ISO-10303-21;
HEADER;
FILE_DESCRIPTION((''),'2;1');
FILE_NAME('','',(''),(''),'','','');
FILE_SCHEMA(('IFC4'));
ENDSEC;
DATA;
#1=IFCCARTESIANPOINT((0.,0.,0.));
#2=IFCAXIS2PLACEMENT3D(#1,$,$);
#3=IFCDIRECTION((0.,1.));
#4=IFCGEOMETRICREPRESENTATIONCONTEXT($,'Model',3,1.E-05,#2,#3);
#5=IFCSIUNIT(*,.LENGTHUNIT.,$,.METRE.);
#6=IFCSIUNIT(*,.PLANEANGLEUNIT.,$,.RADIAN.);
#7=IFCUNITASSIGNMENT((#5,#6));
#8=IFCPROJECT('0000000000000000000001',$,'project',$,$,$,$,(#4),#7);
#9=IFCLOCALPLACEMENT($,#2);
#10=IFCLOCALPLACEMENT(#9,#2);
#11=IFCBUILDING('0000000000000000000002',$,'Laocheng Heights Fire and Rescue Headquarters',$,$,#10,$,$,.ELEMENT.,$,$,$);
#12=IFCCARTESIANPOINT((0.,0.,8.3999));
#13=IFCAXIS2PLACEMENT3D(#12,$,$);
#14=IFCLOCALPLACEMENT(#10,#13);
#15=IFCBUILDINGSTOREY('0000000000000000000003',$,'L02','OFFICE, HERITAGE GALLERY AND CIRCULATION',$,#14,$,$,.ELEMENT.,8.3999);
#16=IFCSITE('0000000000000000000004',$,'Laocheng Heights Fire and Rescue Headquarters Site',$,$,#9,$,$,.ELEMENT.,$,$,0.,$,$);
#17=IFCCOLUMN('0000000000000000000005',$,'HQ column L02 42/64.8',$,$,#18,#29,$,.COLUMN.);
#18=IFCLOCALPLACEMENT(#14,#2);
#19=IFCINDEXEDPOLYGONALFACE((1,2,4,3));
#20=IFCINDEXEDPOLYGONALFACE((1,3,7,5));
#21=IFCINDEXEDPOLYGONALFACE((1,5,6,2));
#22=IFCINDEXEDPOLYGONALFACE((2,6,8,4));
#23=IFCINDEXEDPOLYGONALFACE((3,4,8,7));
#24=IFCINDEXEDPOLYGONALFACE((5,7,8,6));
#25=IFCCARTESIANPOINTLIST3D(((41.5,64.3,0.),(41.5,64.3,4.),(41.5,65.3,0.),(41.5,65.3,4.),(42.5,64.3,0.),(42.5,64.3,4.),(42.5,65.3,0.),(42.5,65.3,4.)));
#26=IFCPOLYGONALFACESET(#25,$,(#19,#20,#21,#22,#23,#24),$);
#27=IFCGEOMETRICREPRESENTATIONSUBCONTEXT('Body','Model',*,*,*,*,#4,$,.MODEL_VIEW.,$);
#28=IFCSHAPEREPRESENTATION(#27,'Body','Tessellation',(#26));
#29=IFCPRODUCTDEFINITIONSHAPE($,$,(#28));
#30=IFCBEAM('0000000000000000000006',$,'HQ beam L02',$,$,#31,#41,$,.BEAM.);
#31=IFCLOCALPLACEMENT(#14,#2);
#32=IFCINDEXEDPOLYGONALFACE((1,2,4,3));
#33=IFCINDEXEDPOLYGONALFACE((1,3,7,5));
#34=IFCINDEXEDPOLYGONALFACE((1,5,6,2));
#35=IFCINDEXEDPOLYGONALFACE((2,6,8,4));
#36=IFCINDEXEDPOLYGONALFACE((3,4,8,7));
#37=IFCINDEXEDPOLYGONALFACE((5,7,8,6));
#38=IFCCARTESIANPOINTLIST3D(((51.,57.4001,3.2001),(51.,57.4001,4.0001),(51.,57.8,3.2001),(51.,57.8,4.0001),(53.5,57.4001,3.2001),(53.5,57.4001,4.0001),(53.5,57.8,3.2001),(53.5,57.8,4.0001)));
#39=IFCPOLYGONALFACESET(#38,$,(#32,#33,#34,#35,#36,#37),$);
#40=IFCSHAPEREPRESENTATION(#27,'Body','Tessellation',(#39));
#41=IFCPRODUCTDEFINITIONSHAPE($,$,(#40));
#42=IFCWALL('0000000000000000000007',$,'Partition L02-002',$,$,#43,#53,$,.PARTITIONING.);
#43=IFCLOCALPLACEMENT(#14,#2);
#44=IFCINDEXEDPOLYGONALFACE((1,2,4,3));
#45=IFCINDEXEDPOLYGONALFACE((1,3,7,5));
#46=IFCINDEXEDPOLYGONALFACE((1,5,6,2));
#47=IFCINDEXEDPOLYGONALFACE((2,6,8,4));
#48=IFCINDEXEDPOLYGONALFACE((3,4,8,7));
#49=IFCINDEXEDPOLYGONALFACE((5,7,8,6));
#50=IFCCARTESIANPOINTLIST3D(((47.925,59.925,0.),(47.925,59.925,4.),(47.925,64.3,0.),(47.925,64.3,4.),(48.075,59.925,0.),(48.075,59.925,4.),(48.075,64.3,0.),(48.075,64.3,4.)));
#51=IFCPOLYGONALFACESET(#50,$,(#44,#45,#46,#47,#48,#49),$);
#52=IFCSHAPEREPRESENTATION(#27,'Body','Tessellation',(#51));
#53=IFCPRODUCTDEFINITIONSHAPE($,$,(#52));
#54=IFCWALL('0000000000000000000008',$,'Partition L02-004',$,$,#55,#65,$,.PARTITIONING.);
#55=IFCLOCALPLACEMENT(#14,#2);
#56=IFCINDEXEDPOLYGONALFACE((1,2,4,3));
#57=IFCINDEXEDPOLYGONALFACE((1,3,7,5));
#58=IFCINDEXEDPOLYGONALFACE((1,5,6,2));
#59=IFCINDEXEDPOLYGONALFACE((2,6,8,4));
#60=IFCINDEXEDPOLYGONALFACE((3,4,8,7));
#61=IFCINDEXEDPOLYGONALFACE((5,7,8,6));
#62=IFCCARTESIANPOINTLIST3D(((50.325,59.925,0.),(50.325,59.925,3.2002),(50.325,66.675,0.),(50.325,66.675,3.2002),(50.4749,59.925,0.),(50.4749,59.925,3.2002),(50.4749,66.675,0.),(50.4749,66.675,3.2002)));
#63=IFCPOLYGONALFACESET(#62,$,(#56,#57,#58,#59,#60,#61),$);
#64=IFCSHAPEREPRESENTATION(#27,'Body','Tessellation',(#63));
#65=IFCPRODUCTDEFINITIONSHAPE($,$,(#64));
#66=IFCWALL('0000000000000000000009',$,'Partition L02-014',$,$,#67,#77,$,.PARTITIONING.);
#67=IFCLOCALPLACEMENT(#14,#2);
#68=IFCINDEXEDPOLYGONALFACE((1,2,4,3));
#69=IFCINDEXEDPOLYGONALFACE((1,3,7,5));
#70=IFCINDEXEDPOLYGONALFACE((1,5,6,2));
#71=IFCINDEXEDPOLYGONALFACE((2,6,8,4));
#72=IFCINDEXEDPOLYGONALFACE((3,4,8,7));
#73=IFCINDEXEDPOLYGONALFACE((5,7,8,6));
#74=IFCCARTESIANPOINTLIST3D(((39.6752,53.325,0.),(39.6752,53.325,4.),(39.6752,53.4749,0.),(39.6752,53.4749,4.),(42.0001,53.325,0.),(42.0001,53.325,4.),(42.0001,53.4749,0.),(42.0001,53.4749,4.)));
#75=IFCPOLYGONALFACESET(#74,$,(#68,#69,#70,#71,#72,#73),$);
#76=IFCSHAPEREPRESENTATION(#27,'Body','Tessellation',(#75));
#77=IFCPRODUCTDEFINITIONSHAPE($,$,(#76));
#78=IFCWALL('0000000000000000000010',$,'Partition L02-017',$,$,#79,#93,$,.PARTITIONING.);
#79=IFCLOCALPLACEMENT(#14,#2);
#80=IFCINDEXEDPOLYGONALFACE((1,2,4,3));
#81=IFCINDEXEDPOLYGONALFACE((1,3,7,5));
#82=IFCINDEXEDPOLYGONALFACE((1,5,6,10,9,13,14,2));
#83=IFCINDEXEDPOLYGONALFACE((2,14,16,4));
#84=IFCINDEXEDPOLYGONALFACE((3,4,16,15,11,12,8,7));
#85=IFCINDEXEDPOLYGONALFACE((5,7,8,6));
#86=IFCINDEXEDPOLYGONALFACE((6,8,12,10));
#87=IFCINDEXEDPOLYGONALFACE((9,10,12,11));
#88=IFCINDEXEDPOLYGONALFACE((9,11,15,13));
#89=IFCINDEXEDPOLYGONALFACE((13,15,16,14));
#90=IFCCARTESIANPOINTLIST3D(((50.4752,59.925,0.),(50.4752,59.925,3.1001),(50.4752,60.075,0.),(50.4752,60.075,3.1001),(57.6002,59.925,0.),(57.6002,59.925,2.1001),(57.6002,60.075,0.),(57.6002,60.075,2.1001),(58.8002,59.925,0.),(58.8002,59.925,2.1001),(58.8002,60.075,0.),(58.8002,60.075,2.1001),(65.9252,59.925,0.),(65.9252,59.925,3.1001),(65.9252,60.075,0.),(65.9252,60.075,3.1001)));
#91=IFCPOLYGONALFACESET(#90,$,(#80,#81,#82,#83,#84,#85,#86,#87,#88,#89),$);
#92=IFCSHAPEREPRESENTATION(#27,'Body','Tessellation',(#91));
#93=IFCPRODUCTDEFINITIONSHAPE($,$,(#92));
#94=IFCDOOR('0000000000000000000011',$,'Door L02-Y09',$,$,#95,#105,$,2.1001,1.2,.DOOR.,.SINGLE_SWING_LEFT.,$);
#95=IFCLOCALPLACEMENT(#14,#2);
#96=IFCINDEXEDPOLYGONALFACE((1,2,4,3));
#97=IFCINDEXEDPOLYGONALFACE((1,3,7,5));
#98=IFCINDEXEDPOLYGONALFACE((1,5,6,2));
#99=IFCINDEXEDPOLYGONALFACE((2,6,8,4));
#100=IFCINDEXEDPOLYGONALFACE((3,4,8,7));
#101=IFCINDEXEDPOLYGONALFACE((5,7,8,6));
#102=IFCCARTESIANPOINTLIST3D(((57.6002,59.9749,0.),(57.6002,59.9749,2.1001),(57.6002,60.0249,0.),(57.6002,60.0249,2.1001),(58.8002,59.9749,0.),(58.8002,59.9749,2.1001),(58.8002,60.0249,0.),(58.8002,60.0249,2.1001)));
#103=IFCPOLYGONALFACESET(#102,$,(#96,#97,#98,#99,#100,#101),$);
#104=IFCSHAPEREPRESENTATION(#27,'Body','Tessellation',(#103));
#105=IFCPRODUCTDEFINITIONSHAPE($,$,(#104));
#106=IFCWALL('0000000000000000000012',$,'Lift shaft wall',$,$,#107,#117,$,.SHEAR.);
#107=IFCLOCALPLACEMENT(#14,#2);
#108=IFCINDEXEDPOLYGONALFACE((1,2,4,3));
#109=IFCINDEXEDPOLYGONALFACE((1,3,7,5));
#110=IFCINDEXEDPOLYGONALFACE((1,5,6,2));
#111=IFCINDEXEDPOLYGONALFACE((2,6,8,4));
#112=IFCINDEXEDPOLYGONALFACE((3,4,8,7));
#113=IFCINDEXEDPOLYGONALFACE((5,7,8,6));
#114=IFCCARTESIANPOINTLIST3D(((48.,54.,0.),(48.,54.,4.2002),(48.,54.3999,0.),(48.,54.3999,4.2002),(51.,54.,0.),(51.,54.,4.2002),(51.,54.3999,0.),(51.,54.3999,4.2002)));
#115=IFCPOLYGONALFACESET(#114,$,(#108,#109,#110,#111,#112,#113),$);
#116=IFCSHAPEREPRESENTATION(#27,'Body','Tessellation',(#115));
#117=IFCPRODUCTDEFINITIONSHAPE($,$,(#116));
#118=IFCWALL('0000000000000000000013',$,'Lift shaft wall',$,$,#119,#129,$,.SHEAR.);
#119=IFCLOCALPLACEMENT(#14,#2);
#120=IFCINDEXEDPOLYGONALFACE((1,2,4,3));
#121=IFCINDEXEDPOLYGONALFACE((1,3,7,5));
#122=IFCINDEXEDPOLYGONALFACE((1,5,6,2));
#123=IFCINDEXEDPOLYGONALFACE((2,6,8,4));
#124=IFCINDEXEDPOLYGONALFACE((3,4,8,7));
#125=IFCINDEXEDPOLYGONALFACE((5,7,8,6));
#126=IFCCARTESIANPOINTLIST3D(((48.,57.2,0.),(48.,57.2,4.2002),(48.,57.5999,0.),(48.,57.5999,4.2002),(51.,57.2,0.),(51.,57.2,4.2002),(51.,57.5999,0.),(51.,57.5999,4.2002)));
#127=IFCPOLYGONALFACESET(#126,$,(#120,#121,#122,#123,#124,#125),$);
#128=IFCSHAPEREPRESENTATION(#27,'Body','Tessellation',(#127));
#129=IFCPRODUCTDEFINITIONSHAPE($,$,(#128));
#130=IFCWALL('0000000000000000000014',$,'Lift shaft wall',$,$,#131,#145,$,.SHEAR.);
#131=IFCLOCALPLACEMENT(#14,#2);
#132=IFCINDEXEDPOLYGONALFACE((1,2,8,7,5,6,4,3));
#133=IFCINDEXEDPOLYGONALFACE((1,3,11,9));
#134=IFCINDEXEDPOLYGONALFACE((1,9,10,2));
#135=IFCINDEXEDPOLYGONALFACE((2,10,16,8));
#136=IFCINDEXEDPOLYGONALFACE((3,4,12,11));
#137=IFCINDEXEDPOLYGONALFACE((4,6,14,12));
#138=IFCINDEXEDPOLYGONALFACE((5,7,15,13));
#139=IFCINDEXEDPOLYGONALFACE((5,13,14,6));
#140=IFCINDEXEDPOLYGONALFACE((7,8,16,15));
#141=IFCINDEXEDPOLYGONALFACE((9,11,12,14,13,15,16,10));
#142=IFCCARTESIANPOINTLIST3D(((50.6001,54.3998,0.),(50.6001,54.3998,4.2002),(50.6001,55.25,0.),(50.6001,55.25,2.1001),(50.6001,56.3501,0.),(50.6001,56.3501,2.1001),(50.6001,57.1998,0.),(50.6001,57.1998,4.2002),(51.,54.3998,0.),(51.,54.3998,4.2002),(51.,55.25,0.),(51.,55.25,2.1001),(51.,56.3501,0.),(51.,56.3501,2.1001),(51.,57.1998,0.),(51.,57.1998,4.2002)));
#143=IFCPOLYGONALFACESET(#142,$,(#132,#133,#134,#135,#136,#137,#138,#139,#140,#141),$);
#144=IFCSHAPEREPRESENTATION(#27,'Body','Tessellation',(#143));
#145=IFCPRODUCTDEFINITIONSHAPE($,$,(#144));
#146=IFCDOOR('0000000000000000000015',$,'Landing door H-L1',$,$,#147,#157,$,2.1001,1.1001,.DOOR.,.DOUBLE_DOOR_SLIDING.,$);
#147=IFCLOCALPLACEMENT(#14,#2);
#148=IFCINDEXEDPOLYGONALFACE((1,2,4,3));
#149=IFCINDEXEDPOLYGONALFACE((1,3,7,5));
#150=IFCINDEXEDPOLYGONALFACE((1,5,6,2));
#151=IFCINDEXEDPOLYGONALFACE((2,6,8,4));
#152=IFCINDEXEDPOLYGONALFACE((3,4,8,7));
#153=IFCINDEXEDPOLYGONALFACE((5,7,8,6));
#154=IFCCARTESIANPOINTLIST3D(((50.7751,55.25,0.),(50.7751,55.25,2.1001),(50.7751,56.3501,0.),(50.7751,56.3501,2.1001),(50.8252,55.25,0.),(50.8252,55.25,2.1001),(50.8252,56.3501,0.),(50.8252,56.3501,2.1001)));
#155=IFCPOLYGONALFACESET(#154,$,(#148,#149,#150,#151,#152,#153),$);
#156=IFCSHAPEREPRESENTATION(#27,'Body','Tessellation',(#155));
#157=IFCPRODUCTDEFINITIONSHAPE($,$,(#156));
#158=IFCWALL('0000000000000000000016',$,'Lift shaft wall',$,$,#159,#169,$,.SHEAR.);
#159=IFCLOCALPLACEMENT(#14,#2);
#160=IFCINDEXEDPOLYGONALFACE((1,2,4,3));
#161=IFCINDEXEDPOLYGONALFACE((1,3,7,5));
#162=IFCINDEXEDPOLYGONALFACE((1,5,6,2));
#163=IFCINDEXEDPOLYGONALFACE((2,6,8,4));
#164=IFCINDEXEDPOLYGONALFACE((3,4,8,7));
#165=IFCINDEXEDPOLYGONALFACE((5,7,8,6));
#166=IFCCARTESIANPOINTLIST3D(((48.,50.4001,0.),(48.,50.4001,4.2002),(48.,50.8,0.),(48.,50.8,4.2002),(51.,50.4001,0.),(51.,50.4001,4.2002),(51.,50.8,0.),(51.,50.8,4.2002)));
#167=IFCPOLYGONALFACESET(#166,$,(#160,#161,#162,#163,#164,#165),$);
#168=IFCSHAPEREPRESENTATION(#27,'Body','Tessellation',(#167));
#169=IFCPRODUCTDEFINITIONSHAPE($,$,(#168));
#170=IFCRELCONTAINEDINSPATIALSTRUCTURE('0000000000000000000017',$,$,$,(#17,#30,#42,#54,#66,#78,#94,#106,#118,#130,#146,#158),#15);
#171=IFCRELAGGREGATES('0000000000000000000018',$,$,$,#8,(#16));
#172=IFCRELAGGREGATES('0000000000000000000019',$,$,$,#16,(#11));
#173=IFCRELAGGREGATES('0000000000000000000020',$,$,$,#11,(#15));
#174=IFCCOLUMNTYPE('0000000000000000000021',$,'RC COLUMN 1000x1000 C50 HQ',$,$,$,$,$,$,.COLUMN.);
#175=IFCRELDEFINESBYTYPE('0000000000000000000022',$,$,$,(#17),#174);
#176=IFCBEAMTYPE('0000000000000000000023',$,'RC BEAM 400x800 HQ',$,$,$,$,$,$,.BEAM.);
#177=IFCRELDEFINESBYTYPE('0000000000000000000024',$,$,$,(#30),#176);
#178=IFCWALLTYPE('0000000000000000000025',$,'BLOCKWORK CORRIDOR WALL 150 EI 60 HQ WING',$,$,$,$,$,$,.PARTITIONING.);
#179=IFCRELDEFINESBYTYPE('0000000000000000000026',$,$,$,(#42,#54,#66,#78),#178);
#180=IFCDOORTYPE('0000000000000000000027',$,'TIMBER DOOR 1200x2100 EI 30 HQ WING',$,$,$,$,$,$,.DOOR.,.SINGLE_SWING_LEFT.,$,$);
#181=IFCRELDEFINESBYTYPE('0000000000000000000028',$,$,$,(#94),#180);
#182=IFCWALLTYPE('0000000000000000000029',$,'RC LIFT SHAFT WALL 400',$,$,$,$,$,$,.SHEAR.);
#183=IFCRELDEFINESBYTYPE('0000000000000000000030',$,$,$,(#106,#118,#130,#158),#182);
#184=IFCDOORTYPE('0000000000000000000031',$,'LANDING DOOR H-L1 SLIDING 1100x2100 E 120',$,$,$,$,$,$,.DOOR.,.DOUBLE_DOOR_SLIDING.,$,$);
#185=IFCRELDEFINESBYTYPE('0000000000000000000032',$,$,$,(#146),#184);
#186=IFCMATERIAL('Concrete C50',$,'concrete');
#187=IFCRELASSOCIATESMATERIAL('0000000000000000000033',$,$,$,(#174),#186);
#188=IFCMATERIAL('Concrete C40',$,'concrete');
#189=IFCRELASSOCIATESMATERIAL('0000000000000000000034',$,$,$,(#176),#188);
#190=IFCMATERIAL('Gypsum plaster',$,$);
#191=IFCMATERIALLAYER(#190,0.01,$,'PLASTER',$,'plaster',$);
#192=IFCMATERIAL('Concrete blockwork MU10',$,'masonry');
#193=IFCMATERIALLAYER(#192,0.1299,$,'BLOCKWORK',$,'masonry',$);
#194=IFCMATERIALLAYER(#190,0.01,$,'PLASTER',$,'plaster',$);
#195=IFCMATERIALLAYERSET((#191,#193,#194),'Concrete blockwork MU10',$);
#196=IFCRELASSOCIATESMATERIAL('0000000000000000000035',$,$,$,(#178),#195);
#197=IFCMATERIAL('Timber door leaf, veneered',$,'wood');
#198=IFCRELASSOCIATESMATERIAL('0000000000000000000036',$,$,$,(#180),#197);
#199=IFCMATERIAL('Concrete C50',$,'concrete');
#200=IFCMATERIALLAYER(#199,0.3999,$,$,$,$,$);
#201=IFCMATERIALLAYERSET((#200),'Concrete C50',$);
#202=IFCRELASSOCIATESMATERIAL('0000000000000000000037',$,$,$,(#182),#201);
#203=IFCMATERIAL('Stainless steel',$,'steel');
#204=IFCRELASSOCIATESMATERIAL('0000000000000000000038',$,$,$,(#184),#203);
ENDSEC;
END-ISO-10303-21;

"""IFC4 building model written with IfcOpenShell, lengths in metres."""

from ifc_helpers import new_model, si_unit, direction, frame, frame_2d, origin, origin_2d, place, context, subcontext, project, spatial, rectangle, extrude, material, layer, layer_set, material_profile, profile_set, type_object, element, fill, save


model = new_model("IFC4")

# Units and contexts
model_context = context("Model", 3, precision=1e-05, world=origin(), true_north=direction((0.0, 1.0)))
body_context = subcontext(model_context, "Body", "Model", "MODEL_VIEW")
ifc_project = project(units=[si_unit("LENGTHUNIT", "METRE"), si_unit("PLANEANGLEUNIT", "RADIAN")], contexts=[model_context])

# Site, building, storey
site_placement = place(None, origin())
site = spatial("IfcSite", under=ifc_project, at=site_placement, Name="Laocheng Heights Fire and Rescue Headquarters Site", CompositionType="ELEMENT", RefElevation=0.0)
building_placement = place(site_placement, origin())
building = spatial("IfcBuilding", under=site, at=building_placement, Name="Laocheng Heights Fire and Rescue Headquarters", CompositionType="ELEMENT")
storey_placement = place(building_placement, frame((0.0, 0.0, 8.3999)))
storey = spatial("IfcBuildingStorey", under=building, at=storey_placement, Name="L02", Description="OFFICE, HERITAGE GALLERY AND CIRCULATION", CompositionType="ELEMENT", Elevation=8.3999)

# Column
ifc_material_1 = material(Name="Concrete C50", Category="concrete")
ifc_material_profile_1 = material_profile(ifc_material_1, rectangle(XDim=1.0, YDim=1.0, at=origin_2d()), Name="RC COLUMN 1000x1000 C50 HQ")
ifc_profile_set_1 = profile_set([ifc_material_profile_1], Name="Concrete C50")
column_type = type_object("IfcColumnType", Name="RC COLUMN 1000x1000 C50 HQ", PredefinedType="COLUMN", material=ifc_profile_set_1)
column_placement = place(storey_placement, frame((42.0, 64.8, 0.0), z_axis=(0.0, 0.0, 1.0), x_axis=(1.0, 0.0, 0.0)))
element("IfcColumn", 1, at=column_placement, inside=storey, type_object=column_type, Name="HQ column L02 42/64.8", PredefinedType="COLUMN", context=body_context, shape_type="SweptSolid", body=[
    extrude(rectangle(XDim=1.0, YDim=1.0, at=origin_2d()), origin(), (0.0, 0.0, 1.0), 4.0),
])

# Beam
ifc_material_2 = material(Name="Concrete C40", Category="concrete")
ifc_material_profile_2 = material_profile(ifc_material_2, rectangle(XDim=0.3999, YDim=0.8, at=origin_2d()), Name="RC BEAM 400x800 HQ")
ifc_profile_set_2 = profile_set([ifc_material_profile_2], Name="Concrete C40")
beam_type = type_object("IfcBeamType", Name="RC BEAM 400x800 HQ", PredefinedType="BEAM", material=ifc_profile_set_2)
beam_placement = place(storey_placement, frame((51.0, 57.6001, 3.6001), z_axis=(1.0, 0.0, 0.0), x_axis=(0.0, 1.0, 0.0)))
element("IfcBeam", 2, at=beam_placement, inside=storey, type_object=beam_type, Name="HQ beam L02", PredefinedType="BEAM", context=body_context, shape_type="SweptSolid", body=[
    extrude(rectangle(XDim=0.3999, YDim=0.8, at=origin_2d()), origin(), (0.0, 0.0, 1.0), 2.5),
])

# Walls
ifc_material_3 = material(Name="Gypsum plaster")
ifc_layer_1 = layer(ifc_material_3, 0.01, Name="PLASTER", Category="plaster")
ifc_material_4 = material(Name="Concrete blockwork MU10", Category="masonry")
ifc_layer_2 = layer(ifc_material_4, 0.1299, Name="BLOCKWORK", Category="masonry")
ifc_layer_3 = layer(ifc_material_3, 0.01, Name="PLASTER", Category="plaster")
ifc_layer_set_1 = layer_set([ifc_layer_1, ifc_layer_2, ifc_layer_3], Name="Concrete blockwork MU10")
wall_type_1 = type_object("IfcWallType", Name="BLOCKWORK CORRIDOR WALL 150 EI 60 HQ WING", PredefinedType="PARTITIONING", material=ifc_layer_set_1)
wall_1_placement = place(storey_placement, frame((48.0, 59.925, 0.0), z_axis=(0.0, 0.0, 1.0), x_axis=(0.0, 1.0, 0.0)))
element("IfcWall", 3, at=wall_1_placement, inside=storey, type_object=wall_type_1, Name="Partition L02-002", PredefinedType="PARTITIONING", context=body_context, shape_type="SweptSolid", body=[
    extrude(rectangle(XDim=4.375, YDim=0.1499, at=frame_2d((2.1875, 0.0))), origin(), (0.0, 0.0, 1.0), 4.0),
])
wall_2_placement = place(storey_placement, frame((50.3999, 59.925, 0.0), z_axis=(0.0, 0.0, 1.0), x_axis=(0.0, 1.0, 0.0)))
element("IfcWall", 4, at=wall_2_placement, inside=storey, type_object=wall_type_1, Name="Partition L02-004", PredefinedType="PARTITIONING", context=body_context, shape_type="SweptSolid", body=[
    extrude(rectangle(XDim=6.75, YDim=0.1499, at=frame_2d((3.375, 0.0))), origin(), (0.0, 0.0, 1.0), 3.2002),
])
wall_3_placement = place(storey_placement, frame((39.675, 53.3999, 0.0), z_axis=(0.0, 0.0, 1.0), x_axis=(1.0, 0.0, 0.0)))
element("IfcWall", 5, at=wall_3_placement, inside=storey, type_object=wall_type_1, Name="Partition L02-014", PredefinedType="PARTITIONING", context=body_context, shape_type="SweptSolid", body=[
    extrude(rectangle(XDim=2.325, YDim=0.1499, at=frame_2d((1.1626, 0.0))), origin(), (0.0, 0.0, 1.0), 4.0),
])

# Wall, opening, door
wall_4_placement = place(storey_placement, frame((50.4751, 60.0, 0.0), z_axis=(0.0, 0.0, 1.0), x_axis=(1.0, 0.0, 0.0)))
wall_4 = element("IfcWall", 6, at=wall_4_placement, inside=storey, type_object=wall_type_1, Name="Partition L02-017", PredefinedType="PARTITIONING", context=body_context, shape_type="SweptSolid", body=[
    extrude(rectangle(XDim=15.45, YDim=0.1499, at=frame_2d((7.7251, 0.0))), origin(), (0.0, 0.0, 1.0), 3.1001),
])
opening_1_placement = place(wall_4_placement, frame((7.125, 0.0, 0.0)))
opening_1 = element("IfcOpeningElement", 7, at=opening_1_placement, cuts=wall_4, PredefinedType="OPENING", context=body_context, shape_type="SweptSolid", body=[
    extrude(rectangle(XDim=1.2, YDim=2.1001, at=frame_2d((0.6001, 1.05))), frame((0.0, 0.085, 0.0), z_axis=(0.0, -1.0, 0.0), x_axis=(1.0, 0.0, 0.0)), (0.0, 0.0, 1.0), 0.1699),
])
ifc_material_5 = material(Name="Timber door leaf, veneered", Category="wood")
door_type_1 = type_object("IfcDoorType", Name="TIMBER DOOR 1200x2100 EI 30 HQ WING", OperationType="SINGLE_SWING_LEFT", PredefinedType="DOOR", material=ifc_material_5)
door_1_placement = place(opening_1_placement, origin())
door_1 = element("IfcDoor", 8, at=door_1_placement, inside=storey, type_object=door_type_1, Name="Door L02-Y09", OperationType="SINGLE_SWING_LEFT", OverallHeight=2.1001, OverallWidth=1.2, PredefinedType="DOOR", context=body_context, shape_type="SweptSolid", body=[
    extrude(rectangle(XDim=1.2, YDim=2.1001, at=frame_2d((0.6001, 1.05))), frame((0.0, 0.0249, 0.0), z_axis=(0.0, -1.0, 0.0), x_axis=(1.0, 0.0, 0.0)), (0.0, 0.0, 1.0), 0.05),
])
fill(opening_1, door_1)

# Walls
ifc_material_6 = material(Name="Concrete C50", Category="concrete")
ifc_layer_4 = layer(ifc_material_6, 0.3999)
ifc_layer_set_2 = layer_set([ifc_layer_4], Name="Concrete C50")
wall_type_2 = type_object("IfcWallType", Name="RC LIFT SHAFT WALL 400", PredefinedType="SHEAR", material=ifc_layer_set_2)
for number, where, z_axis, x_axis, name in (
    (9, (48.0, 54.2, 0.0), (0.0, 0.0, 1.0), (1.0, 0.0, 0.0), "Lift shaft wall"),
    (10, (48.0, 57.3999, 0.0), (0.0, 0.0, 1.0), (1.0, 0.0, 0.0), "Lift shaft wall"),
):
    element("IfcWall", number, at=place(storey_placement, frame(where, z_axis=z_axis, x_axis=x_axis)), inside=storey, type_object=wall_type_2, Name=name, PredefinedType="SHEAR", context=body_context, shape_type="SweptSolid", body=[
        extrude(rectangle(XDim=3.0, YDim=0.3999, at=frame_2d((1.5, 0.0))), origin(), (0.0, 0.0, 1.0), 4.2002),
    ])

# Wall, opening, door
wall_5_placement = place(storey_placement, frame((50.8, 54.3999, 0.0), z_axis=(0.0, 0.0, 1.0), x_axis=(0.0, 1.0, 0.0)))
wall_5 = element("IfcWall", 11, at=wall_5_placement, inside=storey, type_object=wall_type_2, Name="Lift shaft wall", PredefinedType="SHEAR", context=body_context, shape_type="SweptSolid", body=[
    extrude(rectangle(XDim=2.8, YDim=0.3999, at=frame_2d((1.3999, 0.0))), origin(), (0.0, 0.0, 1.0), 4.2002),
])
opening_2_placement = place(wall_5_placement, frame((0.8501, 0.0, 0.0)))
opening_2 = element("IfcOpeningElement", 12, at=opening_2_placement, cuts=wall_5, PredefinedType="OPENING", context=body_context, shape_type="SweptSolid", body=[
    extrude(rectangle(XDim=1.1001, YDim=2.1001, at=frame_2d((0.55, 1.05))), frame((0.0, 0.21, 0.0), z_axis=(0.0, -1.0, 0.0), x_axis=(1.0, 0.0, 0.0)), (0.0, 0.0, 1.0), 0.4199),
])
ifc_material_7 = material(Name="Stainless steel", Category="steel")
door_type_2 = type_object("IfcDoorType", Name="LANDING DOOR H-L1 SLIDING 1100x2100 E 120", OperationType="DOUBLE_DOOR_SLIDING", PredefinedType="DOOR", material=ifc_material_7)
door_2_placement = place(opening_2_placement, origin())
door_2 = element("IfcDoor", 13, at=door_2_placement, inside=storey, type_object=door_type_2, Name="Landing door H-L1", OperationType="DOUBLE_DOOR_SLIDING", OverallHeight=2.1001, OverallWidth=1.1001, PredefinedType="DOOR", context=body_context, shape_type="SweptSolid", body=[
    extrude(rectangle(XDim=1.1001, YDim=2.1001, at=frame_2d((0.55, 1.05))), frame((0.0, 0.0249, 0.0), z_axis=(0.0, -1.0, 0.0), x_axis=(1.0, 0.0, 0.0)), (0.0, 0.0, 1.0), 0.05),
])
fill(opening_2, door_2)

# Wall
wall_6_placement = place(storey_placement, frame((48.0, 50.6001, 0.0), z_axis=(0.0, 0.0, 1.0), x_axis=(1.0, 0.0, 0.0)))
element("IfcWall", 14, at=wall_6_placement, inside=storey, type_object=wall_type_2, Name="Lift shaft wall", PredefinedType="SHEAR", context=body_context, shape_type="SweptSolid", body=[
    extrude(rectangle(XDim=3.0, YDim=0.3999, at=frame_2d((1.5, 0.0))), origin(), (0.0, 0.0, 1.0), 4.2002),
])

save(model, "model.ifc")
